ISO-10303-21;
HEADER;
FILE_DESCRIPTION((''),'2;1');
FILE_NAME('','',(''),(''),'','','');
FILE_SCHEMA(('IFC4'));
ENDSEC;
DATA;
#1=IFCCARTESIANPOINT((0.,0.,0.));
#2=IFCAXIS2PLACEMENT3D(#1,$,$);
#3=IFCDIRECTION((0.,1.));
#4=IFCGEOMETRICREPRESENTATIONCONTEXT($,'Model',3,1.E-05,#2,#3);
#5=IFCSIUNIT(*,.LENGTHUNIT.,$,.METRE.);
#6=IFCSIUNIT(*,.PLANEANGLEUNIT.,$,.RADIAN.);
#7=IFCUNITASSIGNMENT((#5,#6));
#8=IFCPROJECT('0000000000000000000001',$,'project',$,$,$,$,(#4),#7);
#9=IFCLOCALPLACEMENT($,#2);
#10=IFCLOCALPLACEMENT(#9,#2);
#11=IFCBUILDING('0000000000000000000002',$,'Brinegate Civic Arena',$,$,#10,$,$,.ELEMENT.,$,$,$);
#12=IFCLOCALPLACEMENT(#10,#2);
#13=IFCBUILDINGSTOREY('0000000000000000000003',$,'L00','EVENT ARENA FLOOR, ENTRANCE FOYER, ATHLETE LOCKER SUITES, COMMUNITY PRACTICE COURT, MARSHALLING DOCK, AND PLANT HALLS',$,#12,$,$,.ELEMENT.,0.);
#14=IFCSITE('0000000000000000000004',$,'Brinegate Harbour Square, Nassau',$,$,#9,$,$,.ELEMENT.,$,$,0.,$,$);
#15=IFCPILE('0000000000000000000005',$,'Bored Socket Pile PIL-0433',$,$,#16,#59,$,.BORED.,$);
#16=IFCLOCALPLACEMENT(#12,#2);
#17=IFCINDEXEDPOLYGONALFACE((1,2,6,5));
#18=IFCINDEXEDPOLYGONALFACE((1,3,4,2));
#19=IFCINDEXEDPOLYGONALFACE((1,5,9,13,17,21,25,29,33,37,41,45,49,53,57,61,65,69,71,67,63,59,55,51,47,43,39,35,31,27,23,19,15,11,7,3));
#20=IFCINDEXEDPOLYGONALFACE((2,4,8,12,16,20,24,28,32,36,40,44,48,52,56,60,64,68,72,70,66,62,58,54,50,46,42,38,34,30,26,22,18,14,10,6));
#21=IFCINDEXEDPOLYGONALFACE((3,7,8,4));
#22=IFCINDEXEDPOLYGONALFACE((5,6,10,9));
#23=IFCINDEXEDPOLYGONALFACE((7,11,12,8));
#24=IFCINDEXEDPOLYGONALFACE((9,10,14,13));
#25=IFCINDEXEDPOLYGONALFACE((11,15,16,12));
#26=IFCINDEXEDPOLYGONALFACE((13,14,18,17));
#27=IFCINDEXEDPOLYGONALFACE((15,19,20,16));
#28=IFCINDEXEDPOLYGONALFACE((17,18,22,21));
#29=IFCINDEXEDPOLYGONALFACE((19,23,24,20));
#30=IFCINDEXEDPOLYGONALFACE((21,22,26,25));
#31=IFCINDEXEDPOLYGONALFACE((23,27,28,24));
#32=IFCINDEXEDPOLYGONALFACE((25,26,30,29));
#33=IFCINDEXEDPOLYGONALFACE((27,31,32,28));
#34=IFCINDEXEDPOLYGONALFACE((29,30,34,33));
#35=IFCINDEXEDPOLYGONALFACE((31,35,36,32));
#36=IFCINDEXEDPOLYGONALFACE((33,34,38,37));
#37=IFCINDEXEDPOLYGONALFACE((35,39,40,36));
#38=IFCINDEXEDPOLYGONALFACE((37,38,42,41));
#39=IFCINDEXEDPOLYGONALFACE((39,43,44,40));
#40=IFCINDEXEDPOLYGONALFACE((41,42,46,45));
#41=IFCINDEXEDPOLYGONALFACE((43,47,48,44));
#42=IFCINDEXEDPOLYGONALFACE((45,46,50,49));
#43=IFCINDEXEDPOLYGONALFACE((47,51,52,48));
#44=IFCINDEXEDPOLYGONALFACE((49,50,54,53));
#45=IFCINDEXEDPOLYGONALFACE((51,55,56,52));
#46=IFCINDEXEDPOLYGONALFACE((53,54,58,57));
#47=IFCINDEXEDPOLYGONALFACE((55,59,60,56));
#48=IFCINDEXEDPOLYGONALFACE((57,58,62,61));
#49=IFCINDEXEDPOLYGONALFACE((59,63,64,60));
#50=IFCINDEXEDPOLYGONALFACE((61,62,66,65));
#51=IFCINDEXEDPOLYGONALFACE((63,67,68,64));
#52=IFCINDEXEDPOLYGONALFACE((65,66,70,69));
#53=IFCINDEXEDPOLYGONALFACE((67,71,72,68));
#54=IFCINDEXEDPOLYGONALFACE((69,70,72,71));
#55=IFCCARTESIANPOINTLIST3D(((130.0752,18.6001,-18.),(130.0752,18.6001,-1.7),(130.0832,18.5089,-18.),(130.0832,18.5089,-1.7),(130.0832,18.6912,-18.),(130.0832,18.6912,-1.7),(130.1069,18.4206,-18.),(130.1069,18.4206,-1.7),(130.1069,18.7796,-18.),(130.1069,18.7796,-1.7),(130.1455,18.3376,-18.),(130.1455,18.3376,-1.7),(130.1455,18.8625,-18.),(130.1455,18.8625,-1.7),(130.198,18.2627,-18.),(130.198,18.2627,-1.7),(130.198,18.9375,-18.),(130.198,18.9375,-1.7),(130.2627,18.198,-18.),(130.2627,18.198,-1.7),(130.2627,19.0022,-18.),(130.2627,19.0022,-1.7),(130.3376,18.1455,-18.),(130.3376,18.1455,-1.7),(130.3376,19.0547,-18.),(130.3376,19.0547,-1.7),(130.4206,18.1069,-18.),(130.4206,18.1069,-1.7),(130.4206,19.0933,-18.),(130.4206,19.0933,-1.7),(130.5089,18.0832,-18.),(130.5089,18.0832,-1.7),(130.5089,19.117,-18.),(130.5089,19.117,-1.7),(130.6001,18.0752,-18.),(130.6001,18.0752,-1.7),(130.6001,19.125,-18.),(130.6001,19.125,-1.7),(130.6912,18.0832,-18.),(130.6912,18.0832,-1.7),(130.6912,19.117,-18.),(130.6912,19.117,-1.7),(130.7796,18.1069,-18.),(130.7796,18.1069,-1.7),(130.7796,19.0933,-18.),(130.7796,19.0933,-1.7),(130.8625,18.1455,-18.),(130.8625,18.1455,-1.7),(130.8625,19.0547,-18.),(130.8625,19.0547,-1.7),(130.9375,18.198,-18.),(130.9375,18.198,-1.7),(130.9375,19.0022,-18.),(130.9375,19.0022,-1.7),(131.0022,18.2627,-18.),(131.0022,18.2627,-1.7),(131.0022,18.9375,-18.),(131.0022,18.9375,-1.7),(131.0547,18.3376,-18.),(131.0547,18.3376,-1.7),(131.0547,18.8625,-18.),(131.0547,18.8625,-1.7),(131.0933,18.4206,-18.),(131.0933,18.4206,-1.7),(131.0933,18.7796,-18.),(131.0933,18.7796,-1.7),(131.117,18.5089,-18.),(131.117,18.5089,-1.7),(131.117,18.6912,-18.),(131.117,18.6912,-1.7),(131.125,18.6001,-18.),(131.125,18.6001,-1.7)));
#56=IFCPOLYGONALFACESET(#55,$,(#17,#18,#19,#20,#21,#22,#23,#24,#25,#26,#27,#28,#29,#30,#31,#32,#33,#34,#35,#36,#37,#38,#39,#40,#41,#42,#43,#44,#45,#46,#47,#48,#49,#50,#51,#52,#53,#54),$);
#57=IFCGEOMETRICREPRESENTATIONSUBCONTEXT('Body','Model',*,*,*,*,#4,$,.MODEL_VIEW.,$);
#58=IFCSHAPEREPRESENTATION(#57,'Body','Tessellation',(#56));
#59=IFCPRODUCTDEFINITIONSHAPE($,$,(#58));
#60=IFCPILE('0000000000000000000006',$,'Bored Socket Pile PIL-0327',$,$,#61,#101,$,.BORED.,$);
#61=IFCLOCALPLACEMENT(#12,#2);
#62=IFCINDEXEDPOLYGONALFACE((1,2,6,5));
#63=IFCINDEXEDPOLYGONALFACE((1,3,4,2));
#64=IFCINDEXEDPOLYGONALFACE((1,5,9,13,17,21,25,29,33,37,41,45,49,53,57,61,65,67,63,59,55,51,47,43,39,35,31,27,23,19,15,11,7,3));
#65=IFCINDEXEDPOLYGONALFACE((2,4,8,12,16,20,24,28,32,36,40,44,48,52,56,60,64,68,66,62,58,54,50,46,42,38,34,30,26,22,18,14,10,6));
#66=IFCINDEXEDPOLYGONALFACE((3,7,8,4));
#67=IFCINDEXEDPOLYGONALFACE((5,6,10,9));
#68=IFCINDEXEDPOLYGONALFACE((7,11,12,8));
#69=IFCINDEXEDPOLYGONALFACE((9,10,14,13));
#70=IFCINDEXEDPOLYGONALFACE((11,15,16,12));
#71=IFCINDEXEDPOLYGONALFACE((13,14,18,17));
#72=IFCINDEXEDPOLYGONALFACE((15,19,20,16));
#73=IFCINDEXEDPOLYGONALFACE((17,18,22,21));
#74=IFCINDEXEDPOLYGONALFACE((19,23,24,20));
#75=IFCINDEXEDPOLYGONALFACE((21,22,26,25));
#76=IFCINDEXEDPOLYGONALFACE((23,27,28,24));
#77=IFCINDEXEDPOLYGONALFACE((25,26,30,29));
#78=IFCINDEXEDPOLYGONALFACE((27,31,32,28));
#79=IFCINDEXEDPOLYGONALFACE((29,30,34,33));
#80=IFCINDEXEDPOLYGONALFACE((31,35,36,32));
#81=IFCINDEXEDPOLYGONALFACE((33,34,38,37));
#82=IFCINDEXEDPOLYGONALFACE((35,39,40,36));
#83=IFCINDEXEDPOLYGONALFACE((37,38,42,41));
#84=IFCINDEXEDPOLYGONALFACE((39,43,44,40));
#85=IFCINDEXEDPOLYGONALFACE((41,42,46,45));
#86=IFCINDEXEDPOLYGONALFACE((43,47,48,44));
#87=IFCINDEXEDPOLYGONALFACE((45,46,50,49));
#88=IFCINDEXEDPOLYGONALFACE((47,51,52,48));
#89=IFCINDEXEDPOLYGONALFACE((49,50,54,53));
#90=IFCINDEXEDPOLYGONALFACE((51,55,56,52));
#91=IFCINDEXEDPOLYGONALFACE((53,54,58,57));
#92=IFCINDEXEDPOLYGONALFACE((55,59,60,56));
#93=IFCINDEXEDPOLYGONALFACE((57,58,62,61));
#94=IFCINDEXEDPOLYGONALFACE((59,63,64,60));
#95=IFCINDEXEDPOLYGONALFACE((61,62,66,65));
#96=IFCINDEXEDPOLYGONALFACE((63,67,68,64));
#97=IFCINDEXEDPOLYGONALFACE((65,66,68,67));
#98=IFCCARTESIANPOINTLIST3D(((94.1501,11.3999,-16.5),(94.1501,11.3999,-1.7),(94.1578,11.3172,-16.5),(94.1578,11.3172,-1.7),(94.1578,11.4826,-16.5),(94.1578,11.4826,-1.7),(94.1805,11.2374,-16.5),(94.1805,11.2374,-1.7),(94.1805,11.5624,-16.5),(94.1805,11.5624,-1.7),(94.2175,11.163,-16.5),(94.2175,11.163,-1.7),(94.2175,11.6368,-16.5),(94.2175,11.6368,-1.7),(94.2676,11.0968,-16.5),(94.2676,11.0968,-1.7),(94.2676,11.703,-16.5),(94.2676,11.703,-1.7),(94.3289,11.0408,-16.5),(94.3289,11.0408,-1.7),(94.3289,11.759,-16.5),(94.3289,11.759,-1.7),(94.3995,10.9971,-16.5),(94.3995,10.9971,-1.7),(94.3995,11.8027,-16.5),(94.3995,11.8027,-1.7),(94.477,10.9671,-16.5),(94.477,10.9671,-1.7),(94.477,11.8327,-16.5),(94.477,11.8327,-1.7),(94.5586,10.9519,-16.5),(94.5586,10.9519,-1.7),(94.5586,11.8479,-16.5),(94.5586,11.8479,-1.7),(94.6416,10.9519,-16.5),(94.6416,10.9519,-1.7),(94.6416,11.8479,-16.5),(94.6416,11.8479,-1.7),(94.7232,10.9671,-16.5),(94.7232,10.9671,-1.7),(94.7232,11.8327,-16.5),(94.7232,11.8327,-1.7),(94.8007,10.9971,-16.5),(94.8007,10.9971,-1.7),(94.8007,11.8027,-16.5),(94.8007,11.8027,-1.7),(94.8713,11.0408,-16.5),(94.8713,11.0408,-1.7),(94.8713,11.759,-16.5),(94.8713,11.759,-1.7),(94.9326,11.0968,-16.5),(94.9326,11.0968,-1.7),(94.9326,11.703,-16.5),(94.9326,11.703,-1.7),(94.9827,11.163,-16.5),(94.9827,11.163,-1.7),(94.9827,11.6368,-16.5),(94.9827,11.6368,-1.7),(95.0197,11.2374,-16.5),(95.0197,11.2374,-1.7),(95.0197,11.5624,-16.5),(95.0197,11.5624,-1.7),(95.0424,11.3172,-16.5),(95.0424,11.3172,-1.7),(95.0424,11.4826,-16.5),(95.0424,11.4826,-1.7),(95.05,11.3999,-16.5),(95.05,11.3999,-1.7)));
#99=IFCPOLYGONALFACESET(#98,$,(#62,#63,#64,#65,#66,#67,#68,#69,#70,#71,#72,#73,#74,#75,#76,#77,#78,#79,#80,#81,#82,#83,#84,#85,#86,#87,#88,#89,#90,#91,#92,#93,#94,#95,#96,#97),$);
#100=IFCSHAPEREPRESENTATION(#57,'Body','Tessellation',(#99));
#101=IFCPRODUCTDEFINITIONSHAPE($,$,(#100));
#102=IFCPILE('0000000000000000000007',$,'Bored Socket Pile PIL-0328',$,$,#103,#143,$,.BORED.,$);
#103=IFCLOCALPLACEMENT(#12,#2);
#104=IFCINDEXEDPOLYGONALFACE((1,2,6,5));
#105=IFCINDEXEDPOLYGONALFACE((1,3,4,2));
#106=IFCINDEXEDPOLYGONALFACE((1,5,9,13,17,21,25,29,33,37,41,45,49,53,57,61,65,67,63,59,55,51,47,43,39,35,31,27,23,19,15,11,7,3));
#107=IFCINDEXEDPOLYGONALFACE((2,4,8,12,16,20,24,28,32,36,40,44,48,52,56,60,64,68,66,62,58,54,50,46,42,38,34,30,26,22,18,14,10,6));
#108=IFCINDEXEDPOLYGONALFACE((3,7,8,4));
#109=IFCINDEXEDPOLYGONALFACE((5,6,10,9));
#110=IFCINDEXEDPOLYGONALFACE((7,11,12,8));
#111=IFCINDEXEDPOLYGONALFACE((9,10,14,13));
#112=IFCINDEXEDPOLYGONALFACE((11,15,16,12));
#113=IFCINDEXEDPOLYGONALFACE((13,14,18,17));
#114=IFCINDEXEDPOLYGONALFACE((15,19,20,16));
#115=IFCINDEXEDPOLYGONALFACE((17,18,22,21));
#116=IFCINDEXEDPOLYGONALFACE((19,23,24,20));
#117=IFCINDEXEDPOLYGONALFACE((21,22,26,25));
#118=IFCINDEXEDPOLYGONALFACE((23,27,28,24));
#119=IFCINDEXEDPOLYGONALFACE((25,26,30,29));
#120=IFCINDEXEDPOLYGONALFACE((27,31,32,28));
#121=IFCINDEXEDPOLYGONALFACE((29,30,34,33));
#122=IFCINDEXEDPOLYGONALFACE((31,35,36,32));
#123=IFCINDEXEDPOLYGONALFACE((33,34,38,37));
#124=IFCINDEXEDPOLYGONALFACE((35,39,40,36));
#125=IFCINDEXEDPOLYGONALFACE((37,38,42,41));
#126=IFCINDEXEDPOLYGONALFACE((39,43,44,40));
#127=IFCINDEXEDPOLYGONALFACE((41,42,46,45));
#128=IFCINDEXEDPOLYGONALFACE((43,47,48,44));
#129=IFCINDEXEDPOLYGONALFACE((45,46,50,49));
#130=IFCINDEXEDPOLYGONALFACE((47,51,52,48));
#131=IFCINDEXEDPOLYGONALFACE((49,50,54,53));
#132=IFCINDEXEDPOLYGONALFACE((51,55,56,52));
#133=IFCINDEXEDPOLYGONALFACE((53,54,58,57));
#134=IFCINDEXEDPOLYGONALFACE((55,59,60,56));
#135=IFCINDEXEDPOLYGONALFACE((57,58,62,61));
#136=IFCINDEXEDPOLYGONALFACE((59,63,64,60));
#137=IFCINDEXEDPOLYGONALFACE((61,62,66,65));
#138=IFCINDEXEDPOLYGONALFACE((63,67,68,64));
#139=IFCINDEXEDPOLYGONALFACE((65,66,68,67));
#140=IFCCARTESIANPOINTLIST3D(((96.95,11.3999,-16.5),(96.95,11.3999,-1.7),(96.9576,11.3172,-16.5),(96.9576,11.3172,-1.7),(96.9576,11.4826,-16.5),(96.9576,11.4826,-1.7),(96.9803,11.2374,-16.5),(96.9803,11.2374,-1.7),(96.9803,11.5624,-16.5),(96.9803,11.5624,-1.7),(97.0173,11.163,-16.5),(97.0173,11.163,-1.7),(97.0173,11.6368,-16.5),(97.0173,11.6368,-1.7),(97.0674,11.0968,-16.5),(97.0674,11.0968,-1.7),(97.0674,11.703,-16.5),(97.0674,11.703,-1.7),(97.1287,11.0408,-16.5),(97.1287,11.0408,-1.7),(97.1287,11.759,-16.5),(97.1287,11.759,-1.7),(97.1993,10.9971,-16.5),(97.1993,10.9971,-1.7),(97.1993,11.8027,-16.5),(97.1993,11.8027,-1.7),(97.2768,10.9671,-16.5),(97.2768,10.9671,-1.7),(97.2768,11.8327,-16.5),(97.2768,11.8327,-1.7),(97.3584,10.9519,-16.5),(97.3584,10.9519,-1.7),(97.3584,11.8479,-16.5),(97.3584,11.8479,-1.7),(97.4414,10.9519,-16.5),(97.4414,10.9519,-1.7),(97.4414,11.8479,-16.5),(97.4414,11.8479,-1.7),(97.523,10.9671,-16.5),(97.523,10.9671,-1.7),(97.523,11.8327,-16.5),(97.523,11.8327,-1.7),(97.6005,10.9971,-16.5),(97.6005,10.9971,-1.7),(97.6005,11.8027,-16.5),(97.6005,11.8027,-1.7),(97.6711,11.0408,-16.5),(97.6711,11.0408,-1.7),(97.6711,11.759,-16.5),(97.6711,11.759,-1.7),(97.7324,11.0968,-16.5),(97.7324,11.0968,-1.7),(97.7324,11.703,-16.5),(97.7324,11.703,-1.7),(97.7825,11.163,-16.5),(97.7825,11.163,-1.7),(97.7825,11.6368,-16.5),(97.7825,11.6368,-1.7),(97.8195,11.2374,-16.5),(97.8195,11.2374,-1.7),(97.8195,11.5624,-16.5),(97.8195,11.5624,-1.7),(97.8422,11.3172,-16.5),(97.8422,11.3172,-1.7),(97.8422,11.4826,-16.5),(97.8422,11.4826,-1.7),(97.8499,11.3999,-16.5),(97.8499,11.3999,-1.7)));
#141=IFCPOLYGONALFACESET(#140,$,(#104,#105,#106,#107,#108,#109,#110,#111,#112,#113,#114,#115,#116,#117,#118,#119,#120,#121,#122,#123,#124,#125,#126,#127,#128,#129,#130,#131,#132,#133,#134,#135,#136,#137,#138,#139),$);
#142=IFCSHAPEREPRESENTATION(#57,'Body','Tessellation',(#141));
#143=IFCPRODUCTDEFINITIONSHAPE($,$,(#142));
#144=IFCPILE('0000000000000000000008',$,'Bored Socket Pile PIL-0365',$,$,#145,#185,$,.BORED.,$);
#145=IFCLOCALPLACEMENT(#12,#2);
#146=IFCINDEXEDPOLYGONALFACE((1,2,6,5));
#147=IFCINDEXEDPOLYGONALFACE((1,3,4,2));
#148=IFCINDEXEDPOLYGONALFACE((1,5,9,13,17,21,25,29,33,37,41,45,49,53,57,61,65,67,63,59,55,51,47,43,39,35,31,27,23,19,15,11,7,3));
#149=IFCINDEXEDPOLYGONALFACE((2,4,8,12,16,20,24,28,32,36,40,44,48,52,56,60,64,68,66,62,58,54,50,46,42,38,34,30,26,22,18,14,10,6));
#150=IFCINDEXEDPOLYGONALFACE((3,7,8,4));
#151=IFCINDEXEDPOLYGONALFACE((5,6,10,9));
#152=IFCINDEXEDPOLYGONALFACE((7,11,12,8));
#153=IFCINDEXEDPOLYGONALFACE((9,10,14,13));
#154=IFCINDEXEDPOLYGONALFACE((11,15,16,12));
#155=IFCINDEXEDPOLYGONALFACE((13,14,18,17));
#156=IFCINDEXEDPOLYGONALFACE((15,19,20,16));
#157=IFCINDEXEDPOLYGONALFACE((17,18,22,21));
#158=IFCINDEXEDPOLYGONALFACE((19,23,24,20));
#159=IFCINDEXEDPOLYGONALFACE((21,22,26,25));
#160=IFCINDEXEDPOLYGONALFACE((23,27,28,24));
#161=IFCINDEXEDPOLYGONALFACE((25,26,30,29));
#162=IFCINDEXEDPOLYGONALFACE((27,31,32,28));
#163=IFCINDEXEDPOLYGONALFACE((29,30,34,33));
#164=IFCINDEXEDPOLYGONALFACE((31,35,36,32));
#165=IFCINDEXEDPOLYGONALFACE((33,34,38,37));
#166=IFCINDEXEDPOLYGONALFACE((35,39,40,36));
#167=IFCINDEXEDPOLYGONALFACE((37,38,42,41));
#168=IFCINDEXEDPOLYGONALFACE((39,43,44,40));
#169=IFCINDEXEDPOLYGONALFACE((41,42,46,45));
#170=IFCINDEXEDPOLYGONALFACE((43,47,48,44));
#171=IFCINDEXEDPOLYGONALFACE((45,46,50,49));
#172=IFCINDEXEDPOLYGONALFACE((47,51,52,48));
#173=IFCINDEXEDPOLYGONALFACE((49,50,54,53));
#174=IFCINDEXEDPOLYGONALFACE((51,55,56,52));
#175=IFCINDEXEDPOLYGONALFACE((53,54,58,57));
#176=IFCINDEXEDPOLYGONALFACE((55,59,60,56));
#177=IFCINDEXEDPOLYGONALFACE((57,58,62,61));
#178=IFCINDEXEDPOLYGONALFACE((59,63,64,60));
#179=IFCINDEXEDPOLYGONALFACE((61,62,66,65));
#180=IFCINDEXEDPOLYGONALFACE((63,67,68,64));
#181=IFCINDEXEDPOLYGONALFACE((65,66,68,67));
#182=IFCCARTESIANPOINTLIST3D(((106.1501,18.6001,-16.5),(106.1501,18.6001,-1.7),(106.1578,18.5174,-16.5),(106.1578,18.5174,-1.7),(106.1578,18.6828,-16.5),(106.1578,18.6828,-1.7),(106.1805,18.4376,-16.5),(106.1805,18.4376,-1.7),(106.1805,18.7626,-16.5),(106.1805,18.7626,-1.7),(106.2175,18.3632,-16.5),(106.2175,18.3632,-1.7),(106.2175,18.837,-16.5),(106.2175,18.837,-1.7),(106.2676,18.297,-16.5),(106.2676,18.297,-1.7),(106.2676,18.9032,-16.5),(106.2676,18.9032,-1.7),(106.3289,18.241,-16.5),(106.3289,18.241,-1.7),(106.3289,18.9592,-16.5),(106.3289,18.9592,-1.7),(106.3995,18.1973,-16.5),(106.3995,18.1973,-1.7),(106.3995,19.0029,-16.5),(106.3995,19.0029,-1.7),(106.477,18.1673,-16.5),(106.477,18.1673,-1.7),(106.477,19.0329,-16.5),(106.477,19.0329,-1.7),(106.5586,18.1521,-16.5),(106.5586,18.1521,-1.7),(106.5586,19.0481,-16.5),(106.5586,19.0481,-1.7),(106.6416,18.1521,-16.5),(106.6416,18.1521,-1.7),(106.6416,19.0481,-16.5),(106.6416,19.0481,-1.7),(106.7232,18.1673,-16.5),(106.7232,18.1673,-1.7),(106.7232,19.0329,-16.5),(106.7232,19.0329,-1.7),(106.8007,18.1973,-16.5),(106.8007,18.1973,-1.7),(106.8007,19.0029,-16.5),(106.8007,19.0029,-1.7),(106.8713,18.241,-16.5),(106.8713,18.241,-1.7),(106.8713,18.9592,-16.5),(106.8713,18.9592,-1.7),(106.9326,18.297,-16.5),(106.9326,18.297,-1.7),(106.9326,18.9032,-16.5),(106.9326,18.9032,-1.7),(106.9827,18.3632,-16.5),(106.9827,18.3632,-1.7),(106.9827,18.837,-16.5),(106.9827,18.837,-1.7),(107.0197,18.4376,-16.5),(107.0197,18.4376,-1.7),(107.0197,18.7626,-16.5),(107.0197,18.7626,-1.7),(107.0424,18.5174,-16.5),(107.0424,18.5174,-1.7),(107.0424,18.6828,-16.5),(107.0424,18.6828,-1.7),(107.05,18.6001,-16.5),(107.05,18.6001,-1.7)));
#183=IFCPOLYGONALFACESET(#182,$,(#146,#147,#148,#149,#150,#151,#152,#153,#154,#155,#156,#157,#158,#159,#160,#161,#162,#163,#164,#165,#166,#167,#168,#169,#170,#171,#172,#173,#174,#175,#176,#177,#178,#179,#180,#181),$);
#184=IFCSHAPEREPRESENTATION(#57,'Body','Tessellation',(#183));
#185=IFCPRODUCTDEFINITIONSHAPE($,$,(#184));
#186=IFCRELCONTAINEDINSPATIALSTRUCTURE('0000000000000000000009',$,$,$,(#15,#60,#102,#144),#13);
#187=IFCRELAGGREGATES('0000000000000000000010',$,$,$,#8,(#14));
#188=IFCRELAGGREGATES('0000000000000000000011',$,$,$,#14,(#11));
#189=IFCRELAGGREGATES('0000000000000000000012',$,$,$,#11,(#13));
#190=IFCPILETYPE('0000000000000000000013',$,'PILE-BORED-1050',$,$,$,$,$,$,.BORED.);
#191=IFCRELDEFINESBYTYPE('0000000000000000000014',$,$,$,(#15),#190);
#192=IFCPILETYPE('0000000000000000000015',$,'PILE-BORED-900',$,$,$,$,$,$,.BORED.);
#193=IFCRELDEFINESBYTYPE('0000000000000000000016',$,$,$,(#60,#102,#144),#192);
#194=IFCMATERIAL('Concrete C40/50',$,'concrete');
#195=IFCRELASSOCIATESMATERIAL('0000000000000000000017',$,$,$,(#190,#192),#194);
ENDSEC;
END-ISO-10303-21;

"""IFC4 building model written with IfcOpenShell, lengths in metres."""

from ifc_helpers import new_model, si_unit, direction, frame, origin, origin_2d, place, context, subcontext, project, spatial, circle, extrude, material, material_profile, profile_set, type_object, element, save


model = new_model("IFC4")

# Units and contexts
model_context = context("Model", 3, precision=1e-05, world=origin(), true_north=direction((0.0, 1.0)))
body_context = subcontext(model_context, "Body", "Model", "MODEL_VIEW")
ifc_project = project(units=[si_unit("LENGTHUNIT", "METRE"), si_unit("PLANEANGLEUNIT", "RADIAN")], contexts=[model_context])

# Site, building, storey
site_placement = place(None, origin())
site = spatial("IfcSite", under=ifc_project, at=site_placement, Name="Brinegate Harbour Square, Nassau", CompositionType="ELEMENT", RefElevation=0.0)
building_placement = place(site_placement, origin())
building = spatial("IfcBuilding", under=site, at=building_placement, Name="Brinegate Civic Arena", CompositionType="ELEMENT")
storey_placement = place(building_placement, origin())
storey = spatial("IfcBuildingStorey", under=building, at=storey_placement, Name="L00", Description="EVENT ARENA FLOOR, ENTRANCE FOYER, ATHLETE LOCKER SUITES, COMMUNITY PRACTICE COURT, MARSHALLING DOCK, AND PLANT HALLS", CompositionType="ELEMENT", Elevation=0.0)

# Shared definitions
ifc_material_1 = material(Name="Concrete C40/50", Category="concrete")

# Piles
ifc_material_profile_1 = material_profile(ifc_material_1, circle(Radius=0.5249, at=origin_2d()), Name="PILED1050")
ifc_profile_set_1 = profile_set([ifc_material_profile_1], Name="Concrete C40/50")
pile_type_1 = type_object("IfcPileType", Name="PILE-BORED-1050", PredefinedType="BORED", material=ifc_profile_set_1)
for number, where, z_axis, x_axis, name in (
    (1, (130.6001, 18.6001, -1.7), (0.0, 0.0, -1.0), (1.0, 0.0, 0.0), "Bored Socket Pile PIL-0433"),
):
    element("IfcPile", number, at=place(storey_placement, frame(where, z_axis=z_axis, x_axis=x_axis)), inside=storey, type_object=pile_type_1, Name=name, PredefinedType="BORED", context=body_context, shape_type="SweptSolid", body=[
        extrude(circle(Radius=0.5249, at=origin_2d()), origin(), (0.0, 0.0, 1.0), 16.3),
    ])
ifc_material_profile_2 = material_profile(ifc_material_1, circle(Radius=0.45, at=origin_2d()), Name="PILED900")
ifc_profile_set_2 = profile_set([ifc_material_profile_2], Name="Concrete C40/50")
pile_type_2 = type_object("IfcPileType", Name="PILE-BORED-900", PredefinedType="BORED", material=ifc_profile_set_2)
for number, where, z_axis, x_axis, name in (
    (2, (94.6001, 11.3999, -1.7), (0.0, 0.0, -1.0), (1.0, 0.0, 0.0), "Bored Socket Pile PIL-0327"),
    (3, (97.3999, 11.3999, -1.7), (0.0, 0.0, -1.0), (1.0, 0.0, 0.0), "Bored Socket Pile PIL-0328"),
    (4, (106.6001, 18.6001, -1.7), (0.0, 0.0, -1.0), (1.0, 0.0, 0.0), "Bored Socket Pile PIL-0365"),
):
    element("IfcPile", number, at=place(storey_placement, frame(where, z_axis=z_axis, x_axis=x_axis)), inside=storey, type_object=pile_type_2, Name=name, PredefinedType="BORED", context=body_context, shape_type="SweptSolid", body=[
        extrude(circle(Radius=0.45, at=origin_2d()), origin(), (0.0, 0.0, 1.0), 14.8),
    ])

save(model, "model.ifc")
